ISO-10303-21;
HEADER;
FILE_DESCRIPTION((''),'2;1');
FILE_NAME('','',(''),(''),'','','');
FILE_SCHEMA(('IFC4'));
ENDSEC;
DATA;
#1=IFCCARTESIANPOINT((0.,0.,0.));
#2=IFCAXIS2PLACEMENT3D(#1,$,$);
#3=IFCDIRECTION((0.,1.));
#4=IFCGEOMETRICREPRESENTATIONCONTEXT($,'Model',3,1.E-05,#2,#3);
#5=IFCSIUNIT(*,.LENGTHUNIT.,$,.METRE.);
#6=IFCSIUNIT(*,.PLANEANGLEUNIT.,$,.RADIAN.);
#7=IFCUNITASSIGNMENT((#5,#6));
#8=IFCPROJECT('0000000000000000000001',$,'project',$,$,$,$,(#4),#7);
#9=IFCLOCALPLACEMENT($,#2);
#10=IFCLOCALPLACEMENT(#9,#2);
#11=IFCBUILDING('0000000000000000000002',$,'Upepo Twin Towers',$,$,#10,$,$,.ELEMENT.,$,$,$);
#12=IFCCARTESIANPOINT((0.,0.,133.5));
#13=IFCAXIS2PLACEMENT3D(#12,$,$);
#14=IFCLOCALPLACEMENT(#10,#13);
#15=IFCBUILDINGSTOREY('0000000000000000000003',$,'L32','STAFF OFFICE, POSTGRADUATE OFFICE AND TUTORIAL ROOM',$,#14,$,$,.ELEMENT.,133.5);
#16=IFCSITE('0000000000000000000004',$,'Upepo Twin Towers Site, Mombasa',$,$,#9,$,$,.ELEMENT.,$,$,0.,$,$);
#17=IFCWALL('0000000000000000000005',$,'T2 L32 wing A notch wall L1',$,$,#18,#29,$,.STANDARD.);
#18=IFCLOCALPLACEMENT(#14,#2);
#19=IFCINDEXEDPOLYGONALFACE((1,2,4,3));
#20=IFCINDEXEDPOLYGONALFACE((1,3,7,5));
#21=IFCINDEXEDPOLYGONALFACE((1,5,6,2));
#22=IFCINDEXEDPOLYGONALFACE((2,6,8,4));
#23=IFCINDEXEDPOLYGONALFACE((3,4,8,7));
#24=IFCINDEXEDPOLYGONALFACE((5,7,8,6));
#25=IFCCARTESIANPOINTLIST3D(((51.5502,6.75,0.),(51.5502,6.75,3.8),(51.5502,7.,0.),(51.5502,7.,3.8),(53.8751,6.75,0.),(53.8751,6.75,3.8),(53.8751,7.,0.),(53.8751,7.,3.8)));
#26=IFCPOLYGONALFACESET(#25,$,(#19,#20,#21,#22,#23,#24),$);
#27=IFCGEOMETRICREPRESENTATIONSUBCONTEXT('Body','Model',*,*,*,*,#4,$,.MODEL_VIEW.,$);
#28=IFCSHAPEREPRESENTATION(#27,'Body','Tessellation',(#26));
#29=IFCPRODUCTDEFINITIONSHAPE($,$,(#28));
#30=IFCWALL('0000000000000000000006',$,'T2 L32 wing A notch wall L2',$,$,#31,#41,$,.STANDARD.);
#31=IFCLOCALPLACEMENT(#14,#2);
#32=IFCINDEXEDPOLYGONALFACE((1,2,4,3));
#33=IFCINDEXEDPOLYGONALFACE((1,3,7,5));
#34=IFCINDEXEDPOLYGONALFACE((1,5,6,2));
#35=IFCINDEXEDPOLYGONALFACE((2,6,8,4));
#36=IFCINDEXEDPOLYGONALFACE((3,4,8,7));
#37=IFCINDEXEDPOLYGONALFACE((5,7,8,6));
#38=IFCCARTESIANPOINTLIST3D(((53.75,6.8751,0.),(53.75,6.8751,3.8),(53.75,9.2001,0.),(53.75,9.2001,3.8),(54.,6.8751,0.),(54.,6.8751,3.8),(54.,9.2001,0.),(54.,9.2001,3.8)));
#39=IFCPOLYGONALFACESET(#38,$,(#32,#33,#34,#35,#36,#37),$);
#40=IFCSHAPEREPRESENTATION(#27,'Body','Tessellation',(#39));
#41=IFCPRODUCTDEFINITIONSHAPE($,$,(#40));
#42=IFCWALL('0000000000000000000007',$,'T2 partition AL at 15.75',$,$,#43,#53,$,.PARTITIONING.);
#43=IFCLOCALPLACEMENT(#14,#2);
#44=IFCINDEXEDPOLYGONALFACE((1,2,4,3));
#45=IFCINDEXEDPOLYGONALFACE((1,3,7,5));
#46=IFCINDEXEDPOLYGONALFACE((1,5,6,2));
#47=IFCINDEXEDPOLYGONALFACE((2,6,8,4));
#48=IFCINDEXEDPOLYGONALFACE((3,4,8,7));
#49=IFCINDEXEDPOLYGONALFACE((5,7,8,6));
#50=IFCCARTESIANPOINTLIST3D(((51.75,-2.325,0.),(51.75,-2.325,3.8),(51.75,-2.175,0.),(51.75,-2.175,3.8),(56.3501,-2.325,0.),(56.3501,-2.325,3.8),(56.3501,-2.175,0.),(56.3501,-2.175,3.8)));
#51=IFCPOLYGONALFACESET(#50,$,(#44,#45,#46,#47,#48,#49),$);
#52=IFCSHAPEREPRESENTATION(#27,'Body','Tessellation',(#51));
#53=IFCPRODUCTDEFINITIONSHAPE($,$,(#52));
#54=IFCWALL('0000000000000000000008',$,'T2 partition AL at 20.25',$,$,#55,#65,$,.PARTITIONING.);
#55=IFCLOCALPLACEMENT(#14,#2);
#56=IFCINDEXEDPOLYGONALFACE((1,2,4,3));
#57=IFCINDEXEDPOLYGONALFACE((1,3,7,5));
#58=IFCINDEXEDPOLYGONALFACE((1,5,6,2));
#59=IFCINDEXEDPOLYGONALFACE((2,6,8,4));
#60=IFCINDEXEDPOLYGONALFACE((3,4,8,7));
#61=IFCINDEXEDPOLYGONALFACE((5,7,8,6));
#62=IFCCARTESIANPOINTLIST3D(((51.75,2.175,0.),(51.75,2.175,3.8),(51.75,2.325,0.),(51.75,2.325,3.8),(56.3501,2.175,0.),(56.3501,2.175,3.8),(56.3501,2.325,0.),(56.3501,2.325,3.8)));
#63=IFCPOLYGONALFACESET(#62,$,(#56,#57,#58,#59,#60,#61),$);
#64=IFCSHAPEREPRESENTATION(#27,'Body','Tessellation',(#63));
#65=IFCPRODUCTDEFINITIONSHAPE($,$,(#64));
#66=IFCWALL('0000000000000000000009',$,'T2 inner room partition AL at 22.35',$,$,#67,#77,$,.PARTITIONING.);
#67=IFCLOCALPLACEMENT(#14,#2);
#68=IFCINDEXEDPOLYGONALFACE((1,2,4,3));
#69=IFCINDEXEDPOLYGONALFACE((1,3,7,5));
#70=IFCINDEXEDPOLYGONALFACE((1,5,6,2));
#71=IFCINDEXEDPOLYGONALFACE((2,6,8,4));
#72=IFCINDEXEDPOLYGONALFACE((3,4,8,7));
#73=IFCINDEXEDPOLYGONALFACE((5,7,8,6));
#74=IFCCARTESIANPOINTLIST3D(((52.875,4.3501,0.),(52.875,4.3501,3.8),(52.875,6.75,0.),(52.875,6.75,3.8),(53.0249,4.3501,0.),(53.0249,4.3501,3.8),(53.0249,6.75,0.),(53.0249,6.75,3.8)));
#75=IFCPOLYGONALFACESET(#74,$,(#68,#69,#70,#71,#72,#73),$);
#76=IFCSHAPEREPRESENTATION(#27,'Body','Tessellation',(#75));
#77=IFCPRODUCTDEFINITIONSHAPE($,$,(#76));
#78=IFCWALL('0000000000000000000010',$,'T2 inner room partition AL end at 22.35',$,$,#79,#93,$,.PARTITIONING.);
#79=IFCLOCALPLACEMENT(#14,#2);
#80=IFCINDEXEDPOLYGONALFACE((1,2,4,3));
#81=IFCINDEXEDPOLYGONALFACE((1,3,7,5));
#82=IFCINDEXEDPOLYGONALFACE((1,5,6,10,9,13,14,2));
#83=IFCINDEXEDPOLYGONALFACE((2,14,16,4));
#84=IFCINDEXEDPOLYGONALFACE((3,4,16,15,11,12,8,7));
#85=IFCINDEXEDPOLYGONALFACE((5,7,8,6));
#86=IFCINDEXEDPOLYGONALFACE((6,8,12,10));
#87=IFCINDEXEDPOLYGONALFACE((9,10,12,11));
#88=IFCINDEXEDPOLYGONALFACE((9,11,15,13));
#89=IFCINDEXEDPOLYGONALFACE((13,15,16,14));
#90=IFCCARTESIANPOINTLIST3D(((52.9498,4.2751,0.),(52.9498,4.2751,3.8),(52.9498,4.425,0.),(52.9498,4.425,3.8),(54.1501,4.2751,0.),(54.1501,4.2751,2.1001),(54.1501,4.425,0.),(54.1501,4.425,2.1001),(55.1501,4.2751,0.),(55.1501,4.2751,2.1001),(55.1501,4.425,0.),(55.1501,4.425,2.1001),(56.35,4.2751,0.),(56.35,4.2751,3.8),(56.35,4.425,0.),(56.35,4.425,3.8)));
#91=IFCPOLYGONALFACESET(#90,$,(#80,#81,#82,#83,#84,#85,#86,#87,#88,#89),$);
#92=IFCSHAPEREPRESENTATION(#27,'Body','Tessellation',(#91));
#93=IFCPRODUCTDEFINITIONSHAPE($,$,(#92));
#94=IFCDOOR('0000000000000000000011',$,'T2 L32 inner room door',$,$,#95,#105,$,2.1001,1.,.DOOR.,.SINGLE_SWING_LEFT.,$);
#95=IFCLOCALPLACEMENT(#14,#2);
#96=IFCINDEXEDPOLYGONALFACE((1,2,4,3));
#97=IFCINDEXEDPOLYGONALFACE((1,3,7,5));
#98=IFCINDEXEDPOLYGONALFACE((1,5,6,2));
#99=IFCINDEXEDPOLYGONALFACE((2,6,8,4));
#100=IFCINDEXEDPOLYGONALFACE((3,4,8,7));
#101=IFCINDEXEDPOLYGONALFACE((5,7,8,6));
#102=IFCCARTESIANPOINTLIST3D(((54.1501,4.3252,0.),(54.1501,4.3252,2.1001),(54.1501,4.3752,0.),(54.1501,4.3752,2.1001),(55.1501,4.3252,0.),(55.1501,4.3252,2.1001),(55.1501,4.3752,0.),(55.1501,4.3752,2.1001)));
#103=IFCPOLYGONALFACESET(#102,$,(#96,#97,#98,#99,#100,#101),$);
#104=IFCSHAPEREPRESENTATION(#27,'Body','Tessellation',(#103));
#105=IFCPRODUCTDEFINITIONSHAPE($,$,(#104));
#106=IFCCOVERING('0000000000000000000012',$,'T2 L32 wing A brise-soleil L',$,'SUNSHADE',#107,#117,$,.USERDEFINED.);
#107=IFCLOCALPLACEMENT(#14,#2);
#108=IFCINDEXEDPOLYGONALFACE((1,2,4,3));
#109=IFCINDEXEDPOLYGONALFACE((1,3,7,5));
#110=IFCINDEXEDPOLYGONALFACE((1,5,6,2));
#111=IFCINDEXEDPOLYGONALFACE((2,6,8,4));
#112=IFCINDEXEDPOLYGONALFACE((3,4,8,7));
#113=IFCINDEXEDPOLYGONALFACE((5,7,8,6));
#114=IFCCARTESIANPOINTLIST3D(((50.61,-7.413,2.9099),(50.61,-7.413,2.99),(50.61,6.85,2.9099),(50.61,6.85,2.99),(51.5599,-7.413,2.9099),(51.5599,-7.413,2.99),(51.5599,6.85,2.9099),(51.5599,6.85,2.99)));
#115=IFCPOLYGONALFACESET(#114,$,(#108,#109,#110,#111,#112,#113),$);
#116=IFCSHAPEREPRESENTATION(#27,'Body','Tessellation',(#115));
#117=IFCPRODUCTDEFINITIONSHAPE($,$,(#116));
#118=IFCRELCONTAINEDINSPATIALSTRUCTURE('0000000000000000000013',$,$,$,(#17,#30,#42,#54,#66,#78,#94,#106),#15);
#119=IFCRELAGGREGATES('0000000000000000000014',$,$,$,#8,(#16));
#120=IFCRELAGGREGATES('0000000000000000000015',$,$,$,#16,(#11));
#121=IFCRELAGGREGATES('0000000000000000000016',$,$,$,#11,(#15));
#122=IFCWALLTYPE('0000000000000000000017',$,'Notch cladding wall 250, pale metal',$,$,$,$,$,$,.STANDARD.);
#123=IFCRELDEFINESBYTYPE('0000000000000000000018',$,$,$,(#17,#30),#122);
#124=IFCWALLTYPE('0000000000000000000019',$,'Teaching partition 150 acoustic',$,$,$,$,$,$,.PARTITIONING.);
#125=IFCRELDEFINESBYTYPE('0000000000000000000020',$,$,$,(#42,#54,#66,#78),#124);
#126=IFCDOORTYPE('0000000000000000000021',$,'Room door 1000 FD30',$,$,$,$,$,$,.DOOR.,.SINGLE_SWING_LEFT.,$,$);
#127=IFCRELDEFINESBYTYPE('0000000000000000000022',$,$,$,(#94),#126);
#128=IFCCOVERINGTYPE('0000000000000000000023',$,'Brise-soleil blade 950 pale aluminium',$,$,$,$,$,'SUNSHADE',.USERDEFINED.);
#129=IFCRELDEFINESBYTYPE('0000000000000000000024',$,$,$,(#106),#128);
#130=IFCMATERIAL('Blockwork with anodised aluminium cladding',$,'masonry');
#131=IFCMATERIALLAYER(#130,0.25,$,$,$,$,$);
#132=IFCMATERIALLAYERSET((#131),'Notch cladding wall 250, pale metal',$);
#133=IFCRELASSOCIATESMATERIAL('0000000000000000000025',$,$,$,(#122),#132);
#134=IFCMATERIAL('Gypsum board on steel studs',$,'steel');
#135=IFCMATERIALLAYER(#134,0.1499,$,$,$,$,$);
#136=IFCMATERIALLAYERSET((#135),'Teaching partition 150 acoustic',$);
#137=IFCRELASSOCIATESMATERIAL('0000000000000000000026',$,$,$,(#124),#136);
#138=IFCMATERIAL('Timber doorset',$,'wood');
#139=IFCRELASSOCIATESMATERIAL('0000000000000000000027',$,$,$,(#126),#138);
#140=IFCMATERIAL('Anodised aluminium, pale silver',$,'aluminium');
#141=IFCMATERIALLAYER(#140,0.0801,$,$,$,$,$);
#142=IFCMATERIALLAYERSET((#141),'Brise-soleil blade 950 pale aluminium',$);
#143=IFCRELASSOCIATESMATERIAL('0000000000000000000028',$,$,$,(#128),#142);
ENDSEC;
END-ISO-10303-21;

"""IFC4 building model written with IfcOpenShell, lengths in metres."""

from ifc_helpers import new_model, si_unit, direction, frame, frame_2d, origin, origin_2d, place, context, subcontext, project, spatial, rectangle, extrude, material, layer, layer_set, type_object, element, fill, save


model = new_model("IFC4")

# Units and contexts
model_context = context("Model", 3, precision=1e-05, world=origin(), true_north=direction((0.0, 1.0)))
body_context = subcontext(model_context, "Body", "Model", "MODEL_VIEW")
ifc_project = project(units=[si_unit("LENGTHUNIT", "METRE"), si_unit("PLANEANGLEUNIT", "RADIAN")], contexts=[model_context])

# Site, building, storey
site_placement = place(None, origin())
site = spatial("IfcSite", under=ifc_project, at=site_placement, Name="Upepo Twin Towers Site, Mombasa", CompositionType="ELEMENT", RefElevation=0.0)
building_placement = place(site_placement, origin())
building = spatial("IfcBuilding", under=site, at=building_placement, Name="Upepo Twin Towers", CompositionType="ELEMENT")
storey_placement = place(building_placement, frame((0.0, 0.0, 133.5)))
storey = spatial("IfcBuildingStorey", under=building, at=storey_placement, Name="L32", Description="STAFF OFFICE, POSTGRADUATE OFFICE AND TUTORIAL ROOM", CompositionType="ELEMENT", Elevation=133.5)

# Walls
ifc_material_1 = material(Name="Blockwork with anodised aluminium cladding", Category="masonry")
ifc_layer_1 = layer(ifc_material_1, 0.25)
ifc_layer_set_1 = layer_set([ifc_layer_1], Name="Notch cladding wall 250, pale metal")
wall_type_1 = type_object("IfcWallType", Name="Notch cladding wall 250, pale metal", PredefinedType="STANDARD", material=ifc_layer_set_1)
for number, where, z_axis, x_axis, name in (
    (1, (51.55, 6.875, 0.0), (0.0, 0.0, 1.0), (1.0, 0.0, 0.0), "T2 L32 wing A notch wall L1"),
    (2, (53.875, 6.875, 0.0), (0.0, 0.0, 1.0), (0.0, 1.0, 0.0), "T2 L32 wing A notch wall L2"),
):
    element("IfcWall", number, at=place(storey_placement, frame(where, z_axis=z_axis, x_axis=x_axis)), inside=storey, type_object=wall_type_1, Name=name, PredefinedType="STANDARD", context=body_context, shape_type="SweptSolid", body=[
        extrude(rectangle(XDim=2.325, YDim=0.25, at=frame_2d((1.1626, 0.0))), origin(), (0.0, 0.0, 1.0), 3.8),
    ])
ifc_material_2 = material(Name="Gypsum board on steel studs", Category="steel")
ifc_layer_2 = layer(ifc_material_2, 0.1499)
ifc_layer_set_2 = layer_set([ifc_layer_2], Name="Teaching partition 150 acoustic")
wall_type_2 = type_object("IfcWallType", Name="Teaching partition 150 acoustic", PredefinedType="PARTITIONING", material=ifc_layer_set_2)
for number, where, z_axis, x_axis, name in (
    (3, (56.3501, -2.25, 0.0), (0.0, 0.0, 1.0), (-1.0, 0.0, 0.0), "T2 partition AL at 15.75"),
    (4, (56.3501, 2.25, 0.0), (0.0, 0.0, 1.0), (-1.0, 0.0, 0.0), "T2 partition AL at 20.25"),
):
    element("IfcWall", number, at=place(storey_placement, frame(where, z_axis=z_axis, x_axis=x_axis)), inside=storey, type_object=wall_type_2, Name=name, PredefinedType="PARTITIONING", context=body_context, shape_type="SweptSolid", body=[
        extrude(rectangle(XDim=4.6001, YDim=0.1499, at=frame_2d((2.3, 0.0))), origin(), (0.0, 0.0, 1.0), 3.8),
    ])
wall_1_placement = place(storey_placement, frame((52.95, 4.3501, 0.0), z_axis=(0.0, 0.0, 1.0), x_axis=(0.0, 1.0, 0.0)))
element("IfcWall", 5, at=wall_1_placement, inside=storey, type_object=wall_type_2, Name="T2 inner room partition AL at 22.35", PredefinedType="PARTITIONING", context=body_context, shape_type="SweptSolid", body=[
    extrude(rectangle(XDim=2.3999, YDim=0.1499, at=frame_2d((1.2, 0.0))), origin(), (0.0, 0.0, 1.0), 3.8),
])

# Wall, opening, door
wall_2_placement = place(storey_placement, frame((56.3501, 4.3501, 0.0), z_axis=(0.0, 0.0, 1.0), x_axis=(-1.0, 0.0, 0.0)))
wall_2 = element("IfcWall", 6, at=wall_2_placement, inside=storey, type_object=wall_type_2, Name="T2 inner room partition AL end at 22.35", PredefinedType="PARTITIONING", context=body_context, shape_type="SweptSolid", body=[
    extrude(rectangle(XDim=3.4001, YDim=0.1499, at=frame_2d((1.7002, 0.0))), origin(), (0.0, 0.0, 1.0), 3.8),
])
opening_placement = place(wall_2_placement, frame((1.2, 0.0, 0.0)))
opening = element("IfcOpeningElement", 7, at=opening_placement, cuts=wall_2, PredefinedType="OPENING", context=body_context, shape_type="SweptSolid", body=[
    extrude(rectangle(XDim=1.0, YDim=2.1001, at=frame_2d((0.5, 1.05))), frame((0.0, 0.085, 0.0), z_axis=(0.0, -1.0, 0.0), x_axis=(1.0, 0.0, 0.0)), (0.0, 0.0, 1.0), 0.1699),
])
ifc_material_3 = material(Name="Timber doorset", Category="wood")
door_type = type_object("IfcDoorType", Name="Room door 1000 FD30", OperationType="SINGLE_SWING_LEFT", PredefinedType="DOOR", material=ifc_material_3)
door_placement = place(opening_placement, origin())
door = element("IfcDoor", 8, at=door_placement, inside=storey, type_object=door_type, Name="T2 L32 inner room door", OperationType="SINGLE_SWING_LEFT", OverallHeight=2.1001, OverallWidth=1.0, PredefinedType="DOOR", context=body_context, shape_type="SweptSolid", body=[
    extrude(rectangle(XDim=1.0, YDim=2.1001, at=frame_2d((0.5, 1.05))), frame((0.0, 0.0249, 0.0), z_axis=(0.0, -1.0, 0.0), x_axis=(1.0, 0.0, 0.0)), (0.0, 0.0, 1.0), 0.05),
])
fill(opening, door)

# Covering
ifc_material_4 = material(Name="Anodised aluminium, pale silver", Category="aluminium")
ifc_layer_3 = layer(ifc_material_4, 0.0801)
ifc_layer_set_3 = layer_set([ifc_layer_3], Name="Brise-soleil blade 950 pale aluminium")
covering_type = type_object("IfcCoveringType", Name="Brise-soleil blade 950 pale aluminium", ElementType="SUNSHADE", PredefinedType="USERDEFINED", material=ifc_layer_set_3)
covering_placement = place(storey_placement, frame((51.085, -0.2815, 2.9099), z_axis=(0.0, 0.0, 1.0), x_axis=(0.0, 1.0, 0.0)))
element("IfcCovering", 9, at=covering_placement, inside=storey, type_object=covering_type, Name="T2 L32 wing A brise-soleil L", ObjectType="SUNSHADE", PredefinedType="USERDEFINED", context=body_context, shape_type="SweptSolid", body=[
    extrude(rectangle(XDim=14.2629, YDim=0.95, at=origin_2d()), origin(), (0.0, 0.0, 1.0), 0.0801),
])

save(model, "model.ifc")
